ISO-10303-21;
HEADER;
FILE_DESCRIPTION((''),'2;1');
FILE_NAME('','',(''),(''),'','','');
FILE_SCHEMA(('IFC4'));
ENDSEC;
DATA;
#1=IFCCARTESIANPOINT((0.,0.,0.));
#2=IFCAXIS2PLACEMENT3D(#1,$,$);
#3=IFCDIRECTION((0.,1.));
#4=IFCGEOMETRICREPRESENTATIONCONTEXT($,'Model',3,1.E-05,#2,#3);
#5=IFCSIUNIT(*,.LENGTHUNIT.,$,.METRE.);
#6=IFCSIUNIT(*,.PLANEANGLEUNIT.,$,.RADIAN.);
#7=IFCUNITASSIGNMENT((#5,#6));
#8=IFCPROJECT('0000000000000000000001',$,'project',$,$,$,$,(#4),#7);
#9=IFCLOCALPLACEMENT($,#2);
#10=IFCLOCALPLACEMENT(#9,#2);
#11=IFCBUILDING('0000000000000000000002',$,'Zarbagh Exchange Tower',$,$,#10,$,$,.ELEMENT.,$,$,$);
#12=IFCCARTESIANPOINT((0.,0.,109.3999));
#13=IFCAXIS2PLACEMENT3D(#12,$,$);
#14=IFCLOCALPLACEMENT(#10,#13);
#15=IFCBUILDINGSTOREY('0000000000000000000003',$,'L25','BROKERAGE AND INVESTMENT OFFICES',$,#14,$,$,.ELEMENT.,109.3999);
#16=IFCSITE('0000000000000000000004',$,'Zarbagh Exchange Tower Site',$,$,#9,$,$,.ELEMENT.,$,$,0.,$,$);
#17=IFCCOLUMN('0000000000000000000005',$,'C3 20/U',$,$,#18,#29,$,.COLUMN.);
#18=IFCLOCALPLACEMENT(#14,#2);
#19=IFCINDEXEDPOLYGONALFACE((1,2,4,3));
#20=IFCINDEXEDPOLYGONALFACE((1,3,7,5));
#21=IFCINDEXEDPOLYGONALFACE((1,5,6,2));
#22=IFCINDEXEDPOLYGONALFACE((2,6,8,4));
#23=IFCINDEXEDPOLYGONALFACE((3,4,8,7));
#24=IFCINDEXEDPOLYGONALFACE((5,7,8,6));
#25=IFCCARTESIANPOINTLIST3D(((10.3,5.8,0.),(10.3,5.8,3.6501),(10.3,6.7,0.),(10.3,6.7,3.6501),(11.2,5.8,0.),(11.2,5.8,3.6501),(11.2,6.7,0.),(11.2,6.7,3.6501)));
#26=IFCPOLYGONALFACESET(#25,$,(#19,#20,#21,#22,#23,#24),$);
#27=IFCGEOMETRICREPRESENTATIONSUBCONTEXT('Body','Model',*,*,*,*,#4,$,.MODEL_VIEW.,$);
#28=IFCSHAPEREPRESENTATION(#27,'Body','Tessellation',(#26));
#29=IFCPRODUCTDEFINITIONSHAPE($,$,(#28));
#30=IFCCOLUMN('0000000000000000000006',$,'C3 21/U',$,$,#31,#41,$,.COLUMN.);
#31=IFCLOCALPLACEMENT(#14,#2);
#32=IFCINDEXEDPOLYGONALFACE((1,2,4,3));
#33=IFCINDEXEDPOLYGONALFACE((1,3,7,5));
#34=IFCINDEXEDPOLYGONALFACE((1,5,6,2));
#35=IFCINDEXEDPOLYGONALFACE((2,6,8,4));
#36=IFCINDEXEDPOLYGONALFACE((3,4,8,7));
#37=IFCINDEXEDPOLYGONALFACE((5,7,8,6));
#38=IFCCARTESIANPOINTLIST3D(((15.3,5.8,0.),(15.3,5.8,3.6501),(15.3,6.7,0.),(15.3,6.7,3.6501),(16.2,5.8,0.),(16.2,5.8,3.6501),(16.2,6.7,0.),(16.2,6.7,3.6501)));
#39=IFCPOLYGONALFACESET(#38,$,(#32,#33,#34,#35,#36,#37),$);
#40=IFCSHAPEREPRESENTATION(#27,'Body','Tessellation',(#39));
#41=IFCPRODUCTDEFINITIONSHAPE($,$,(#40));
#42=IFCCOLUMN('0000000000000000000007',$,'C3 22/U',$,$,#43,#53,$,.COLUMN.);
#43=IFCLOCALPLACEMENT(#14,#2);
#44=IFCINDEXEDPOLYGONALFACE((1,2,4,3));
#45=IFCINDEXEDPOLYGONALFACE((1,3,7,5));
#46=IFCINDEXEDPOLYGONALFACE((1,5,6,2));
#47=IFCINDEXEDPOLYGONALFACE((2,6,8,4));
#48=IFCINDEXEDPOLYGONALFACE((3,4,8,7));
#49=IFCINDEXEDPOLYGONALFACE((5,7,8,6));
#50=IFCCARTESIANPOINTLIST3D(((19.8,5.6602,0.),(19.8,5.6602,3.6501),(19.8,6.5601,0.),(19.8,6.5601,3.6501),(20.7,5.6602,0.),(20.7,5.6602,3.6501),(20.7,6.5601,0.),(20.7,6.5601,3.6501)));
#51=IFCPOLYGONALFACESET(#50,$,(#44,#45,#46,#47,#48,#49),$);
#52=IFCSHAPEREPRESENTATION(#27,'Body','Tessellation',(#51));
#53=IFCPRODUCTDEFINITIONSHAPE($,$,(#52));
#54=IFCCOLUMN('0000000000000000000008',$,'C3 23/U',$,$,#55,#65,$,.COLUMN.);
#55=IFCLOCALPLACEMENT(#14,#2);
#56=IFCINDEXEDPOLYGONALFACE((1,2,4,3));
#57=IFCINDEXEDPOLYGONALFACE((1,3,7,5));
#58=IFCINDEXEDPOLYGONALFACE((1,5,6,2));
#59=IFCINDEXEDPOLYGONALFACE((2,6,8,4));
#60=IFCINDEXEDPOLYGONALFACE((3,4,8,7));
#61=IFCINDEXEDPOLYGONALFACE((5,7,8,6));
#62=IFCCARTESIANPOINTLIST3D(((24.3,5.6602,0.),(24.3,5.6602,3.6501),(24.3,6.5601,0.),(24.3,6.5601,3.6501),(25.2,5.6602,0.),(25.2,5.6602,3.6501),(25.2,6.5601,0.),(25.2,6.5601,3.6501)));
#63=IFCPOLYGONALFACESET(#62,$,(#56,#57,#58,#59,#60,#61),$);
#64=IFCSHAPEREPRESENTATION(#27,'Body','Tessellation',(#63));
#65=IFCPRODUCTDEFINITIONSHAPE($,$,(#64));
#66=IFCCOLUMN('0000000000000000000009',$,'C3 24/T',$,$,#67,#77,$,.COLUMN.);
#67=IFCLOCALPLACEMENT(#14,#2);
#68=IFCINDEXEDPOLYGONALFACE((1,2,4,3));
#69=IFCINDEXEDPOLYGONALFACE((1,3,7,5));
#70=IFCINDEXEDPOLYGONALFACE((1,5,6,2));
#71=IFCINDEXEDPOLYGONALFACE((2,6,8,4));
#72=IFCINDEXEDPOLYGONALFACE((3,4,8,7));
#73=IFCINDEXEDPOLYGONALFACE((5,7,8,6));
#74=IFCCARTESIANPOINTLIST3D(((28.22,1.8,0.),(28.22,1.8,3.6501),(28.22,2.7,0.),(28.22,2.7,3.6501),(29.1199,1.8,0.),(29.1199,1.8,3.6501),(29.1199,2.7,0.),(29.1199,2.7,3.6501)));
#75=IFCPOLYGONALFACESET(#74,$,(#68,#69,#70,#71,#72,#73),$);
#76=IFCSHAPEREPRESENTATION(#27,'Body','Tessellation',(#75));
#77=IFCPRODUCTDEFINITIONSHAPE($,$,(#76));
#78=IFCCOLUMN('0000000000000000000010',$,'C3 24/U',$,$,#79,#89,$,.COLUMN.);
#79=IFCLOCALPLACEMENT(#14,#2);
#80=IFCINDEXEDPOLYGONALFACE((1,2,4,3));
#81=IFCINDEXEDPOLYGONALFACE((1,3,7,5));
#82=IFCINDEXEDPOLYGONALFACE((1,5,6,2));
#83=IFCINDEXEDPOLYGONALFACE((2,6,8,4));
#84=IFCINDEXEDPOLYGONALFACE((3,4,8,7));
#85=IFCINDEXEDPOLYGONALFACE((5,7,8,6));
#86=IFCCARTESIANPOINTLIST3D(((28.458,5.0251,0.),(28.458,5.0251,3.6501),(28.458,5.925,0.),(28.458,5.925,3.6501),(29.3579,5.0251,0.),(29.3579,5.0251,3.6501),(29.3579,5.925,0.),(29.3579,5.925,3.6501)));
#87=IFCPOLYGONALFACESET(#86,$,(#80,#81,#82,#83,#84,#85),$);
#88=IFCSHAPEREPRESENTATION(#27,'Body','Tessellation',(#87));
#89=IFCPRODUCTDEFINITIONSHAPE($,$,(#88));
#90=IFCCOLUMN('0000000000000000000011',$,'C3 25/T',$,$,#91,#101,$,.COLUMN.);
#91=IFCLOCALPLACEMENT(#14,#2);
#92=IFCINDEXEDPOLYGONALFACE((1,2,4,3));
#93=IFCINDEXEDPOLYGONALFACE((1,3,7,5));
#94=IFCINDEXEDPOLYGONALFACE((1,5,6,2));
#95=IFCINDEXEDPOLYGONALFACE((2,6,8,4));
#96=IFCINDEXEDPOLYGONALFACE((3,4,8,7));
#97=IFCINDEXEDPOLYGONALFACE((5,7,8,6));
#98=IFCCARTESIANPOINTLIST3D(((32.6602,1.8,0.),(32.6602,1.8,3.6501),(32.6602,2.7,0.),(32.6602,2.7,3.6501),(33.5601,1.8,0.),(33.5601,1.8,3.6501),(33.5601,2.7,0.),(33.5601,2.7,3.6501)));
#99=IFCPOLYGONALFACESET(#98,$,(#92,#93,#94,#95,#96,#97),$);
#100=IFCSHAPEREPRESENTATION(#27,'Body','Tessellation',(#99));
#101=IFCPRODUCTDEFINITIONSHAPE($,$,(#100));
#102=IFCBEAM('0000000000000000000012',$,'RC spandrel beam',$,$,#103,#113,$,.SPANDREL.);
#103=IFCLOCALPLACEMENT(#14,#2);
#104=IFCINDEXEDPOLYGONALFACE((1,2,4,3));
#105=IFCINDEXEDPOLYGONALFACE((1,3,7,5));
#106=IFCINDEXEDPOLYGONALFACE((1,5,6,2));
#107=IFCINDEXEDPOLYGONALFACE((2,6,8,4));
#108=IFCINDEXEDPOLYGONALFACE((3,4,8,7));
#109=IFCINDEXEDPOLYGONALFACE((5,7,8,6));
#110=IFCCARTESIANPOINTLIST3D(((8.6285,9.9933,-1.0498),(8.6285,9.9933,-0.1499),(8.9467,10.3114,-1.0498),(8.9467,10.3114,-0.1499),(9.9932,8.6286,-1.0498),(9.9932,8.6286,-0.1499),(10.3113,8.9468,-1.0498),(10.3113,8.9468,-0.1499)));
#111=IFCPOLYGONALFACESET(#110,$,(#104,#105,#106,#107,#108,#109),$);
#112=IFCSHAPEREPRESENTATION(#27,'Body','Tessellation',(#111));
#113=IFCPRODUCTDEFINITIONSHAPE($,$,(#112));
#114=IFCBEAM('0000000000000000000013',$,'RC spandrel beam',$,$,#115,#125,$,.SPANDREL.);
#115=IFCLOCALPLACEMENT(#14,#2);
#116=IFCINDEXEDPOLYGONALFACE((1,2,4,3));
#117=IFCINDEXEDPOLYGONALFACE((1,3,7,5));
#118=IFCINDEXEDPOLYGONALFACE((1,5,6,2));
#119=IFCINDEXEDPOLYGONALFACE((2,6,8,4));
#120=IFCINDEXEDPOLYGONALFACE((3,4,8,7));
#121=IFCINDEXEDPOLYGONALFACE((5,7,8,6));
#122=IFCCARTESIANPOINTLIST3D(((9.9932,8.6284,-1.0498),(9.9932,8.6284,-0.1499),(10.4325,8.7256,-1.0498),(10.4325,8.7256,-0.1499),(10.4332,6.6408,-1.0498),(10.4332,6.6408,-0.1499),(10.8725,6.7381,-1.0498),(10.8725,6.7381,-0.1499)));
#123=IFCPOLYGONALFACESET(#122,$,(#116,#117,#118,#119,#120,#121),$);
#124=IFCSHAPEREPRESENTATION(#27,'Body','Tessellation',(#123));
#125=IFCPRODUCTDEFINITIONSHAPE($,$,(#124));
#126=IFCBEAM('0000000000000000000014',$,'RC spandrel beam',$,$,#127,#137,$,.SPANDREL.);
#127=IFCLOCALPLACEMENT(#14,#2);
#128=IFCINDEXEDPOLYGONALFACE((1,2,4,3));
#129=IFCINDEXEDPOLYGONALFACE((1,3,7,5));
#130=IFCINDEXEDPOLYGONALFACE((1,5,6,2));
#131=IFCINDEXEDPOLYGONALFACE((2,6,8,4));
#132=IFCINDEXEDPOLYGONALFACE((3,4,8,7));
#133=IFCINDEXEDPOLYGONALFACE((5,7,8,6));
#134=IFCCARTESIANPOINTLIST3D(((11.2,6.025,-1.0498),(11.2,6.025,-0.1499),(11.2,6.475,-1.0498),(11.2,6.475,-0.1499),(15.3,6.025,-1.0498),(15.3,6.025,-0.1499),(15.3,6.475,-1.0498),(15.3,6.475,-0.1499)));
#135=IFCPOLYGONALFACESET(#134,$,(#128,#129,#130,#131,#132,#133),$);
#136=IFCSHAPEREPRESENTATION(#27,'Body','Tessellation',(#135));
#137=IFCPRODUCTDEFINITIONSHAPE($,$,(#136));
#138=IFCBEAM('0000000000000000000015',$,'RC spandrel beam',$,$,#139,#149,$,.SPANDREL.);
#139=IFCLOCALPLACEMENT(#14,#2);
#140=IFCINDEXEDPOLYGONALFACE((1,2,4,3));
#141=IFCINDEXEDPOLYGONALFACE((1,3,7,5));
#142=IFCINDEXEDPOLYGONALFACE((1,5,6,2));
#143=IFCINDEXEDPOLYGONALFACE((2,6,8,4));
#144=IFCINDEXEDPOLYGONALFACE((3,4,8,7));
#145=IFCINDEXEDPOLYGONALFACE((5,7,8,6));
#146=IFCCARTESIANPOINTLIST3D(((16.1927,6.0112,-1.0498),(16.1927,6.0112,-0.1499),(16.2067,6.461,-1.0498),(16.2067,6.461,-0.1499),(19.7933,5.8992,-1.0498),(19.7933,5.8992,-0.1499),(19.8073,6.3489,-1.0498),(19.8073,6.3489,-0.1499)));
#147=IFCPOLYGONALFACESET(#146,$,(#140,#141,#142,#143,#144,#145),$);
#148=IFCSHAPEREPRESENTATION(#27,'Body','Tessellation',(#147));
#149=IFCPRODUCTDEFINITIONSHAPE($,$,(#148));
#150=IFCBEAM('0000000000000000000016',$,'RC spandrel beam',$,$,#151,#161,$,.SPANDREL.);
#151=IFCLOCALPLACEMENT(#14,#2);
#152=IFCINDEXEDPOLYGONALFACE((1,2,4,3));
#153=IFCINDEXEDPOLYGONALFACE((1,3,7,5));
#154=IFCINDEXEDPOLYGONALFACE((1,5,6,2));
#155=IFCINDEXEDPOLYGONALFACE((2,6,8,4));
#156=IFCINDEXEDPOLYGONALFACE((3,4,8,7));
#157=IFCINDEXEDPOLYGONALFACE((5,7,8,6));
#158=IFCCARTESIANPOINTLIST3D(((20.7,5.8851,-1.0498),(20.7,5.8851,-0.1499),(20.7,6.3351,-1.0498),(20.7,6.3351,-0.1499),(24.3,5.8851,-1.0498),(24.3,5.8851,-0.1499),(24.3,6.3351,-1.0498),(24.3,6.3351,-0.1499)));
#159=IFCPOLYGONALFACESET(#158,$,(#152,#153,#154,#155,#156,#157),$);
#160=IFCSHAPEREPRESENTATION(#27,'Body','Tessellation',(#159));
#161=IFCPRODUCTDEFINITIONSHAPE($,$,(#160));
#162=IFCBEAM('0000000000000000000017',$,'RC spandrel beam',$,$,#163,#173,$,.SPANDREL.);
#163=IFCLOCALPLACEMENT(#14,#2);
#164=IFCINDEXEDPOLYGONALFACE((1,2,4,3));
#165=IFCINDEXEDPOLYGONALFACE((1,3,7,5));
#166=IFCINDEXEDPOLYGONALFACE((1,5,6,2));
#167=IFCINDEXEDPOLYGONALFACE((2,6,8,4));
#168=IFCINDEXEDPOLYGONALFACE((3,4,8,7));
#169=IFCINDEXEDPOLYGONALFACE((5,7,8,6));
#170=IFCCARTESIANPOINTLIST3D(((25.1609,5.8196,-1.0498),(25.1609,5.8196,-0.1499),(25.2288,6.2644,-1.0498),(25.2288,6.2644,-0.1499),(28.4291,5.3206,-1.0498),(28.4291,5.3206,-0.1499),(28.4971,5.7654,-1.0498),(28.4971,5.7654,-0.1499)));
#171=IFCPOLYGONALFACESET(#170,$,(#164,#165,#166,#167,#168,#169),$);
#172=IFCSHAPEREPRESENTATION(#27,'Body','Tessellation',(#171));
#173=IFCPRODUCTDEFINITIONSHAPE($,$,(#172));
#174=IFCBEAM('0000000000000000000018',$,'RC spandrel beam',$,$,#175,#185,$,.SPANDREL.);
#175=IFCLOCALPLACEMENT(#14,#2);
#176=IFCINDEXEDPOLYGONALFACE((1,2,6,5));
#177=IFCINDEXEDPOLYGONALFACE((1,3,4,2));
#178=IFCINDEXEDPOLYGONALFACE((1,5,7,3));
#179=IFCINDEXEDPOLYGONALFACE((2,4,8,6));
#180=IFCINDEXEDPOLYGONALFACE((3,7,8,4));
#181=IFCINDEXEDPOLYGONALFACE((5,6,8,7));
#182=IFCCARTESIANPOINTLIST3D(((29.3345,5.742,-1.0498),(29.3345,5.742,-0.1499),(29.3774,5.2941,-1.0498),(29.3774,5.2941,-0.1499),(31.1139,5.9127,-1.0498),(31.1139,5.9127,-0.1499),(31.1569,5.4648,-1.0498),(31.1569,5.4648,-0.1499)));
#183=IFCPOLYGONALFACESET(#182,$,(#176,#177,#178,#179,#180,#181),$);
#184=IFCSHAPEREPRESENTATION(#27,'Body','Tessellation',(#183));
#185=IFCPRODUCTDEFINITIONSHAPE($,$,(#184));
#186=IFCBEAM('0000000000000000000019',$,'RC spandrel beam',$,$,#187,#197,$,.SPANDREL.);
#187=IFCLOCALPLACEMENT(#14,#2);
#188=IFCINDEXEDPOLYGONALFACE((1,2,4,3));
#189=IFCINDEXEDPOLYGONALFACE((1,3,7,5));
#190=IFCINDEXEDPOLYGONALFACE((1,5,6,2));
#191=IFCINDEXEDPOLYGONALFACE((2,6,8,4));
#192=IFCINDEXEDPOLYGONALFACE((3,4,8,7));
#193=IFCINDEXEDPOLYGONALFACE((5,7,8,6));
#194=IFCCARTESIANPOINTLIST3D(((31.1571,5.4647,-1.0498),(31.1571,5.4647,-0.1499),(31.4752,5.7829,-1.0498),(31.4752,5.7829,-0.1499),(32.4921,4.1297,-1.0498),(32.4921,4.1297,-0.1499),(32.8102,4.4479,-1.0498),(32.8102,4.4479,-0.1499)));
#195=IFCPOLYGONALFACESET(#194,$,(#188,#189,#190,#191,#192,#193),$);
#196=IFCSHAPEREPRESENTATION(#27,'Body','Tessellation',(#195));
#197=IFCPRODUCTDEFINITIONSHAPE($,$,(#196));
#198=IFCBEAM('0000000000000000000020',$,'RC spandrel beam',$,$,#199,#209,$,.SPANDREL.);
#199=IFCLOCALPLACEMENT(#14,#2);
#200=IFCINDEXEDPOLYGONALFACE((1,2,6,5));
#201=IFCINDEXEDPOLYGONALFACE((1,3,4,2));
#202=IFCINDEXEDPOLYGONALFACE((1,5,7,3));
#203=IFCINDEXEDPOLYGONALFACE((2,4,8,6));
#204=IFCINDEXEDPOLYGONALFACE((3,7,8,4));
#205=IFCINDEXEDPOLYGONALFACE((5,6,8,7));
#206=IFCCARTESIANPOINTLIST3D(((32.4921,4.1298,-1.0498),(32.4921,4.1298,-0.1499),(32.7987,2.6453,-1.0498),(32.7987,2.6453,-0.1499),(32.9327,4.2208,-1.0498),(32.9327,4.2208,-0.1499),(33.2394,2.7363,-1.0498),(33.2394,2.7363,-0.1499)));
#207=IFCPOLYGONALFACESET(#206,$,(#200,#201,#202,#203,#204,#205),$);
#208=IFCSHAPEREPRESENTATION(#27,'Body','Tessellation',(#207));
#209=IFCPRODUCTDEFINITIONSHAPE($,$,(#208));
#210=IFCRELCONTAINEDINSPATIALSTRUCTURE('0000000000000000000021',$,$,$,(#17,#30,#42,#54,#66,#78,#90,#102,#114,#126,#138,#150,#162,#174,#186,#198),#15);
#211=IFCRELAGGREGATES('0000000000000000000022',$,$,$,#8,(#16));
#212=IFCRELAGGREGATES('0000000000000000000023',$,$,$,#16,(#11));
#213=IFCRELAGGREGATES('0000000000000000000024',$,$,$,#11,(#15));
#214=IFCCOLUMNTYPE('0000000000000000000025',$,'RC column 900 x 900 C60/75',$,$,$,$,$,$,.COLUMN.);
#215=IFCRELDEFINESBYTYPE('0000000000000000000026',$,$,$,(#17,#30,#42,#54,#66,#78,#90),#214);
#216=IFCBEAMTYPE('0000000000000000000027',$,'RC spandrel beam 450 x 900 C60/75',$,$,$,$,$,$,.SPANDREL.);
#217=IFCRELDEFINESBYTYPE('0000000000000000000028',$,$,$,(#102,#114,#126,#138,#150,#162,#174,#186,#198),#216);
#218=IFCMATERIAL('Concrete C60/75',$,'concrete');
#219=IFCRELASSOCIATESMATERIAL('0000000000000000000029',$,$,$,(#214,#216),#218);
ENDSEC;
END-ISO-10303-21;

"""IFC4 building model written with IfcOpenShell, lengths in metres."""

from ifc_helpers import new_model, si_unit, direction, frame, origin, origin_2d, place, context, subcontext, project, spatial, rectangle, extrude, material, material_profile, profile_set, type_object, element, save


model = new_model("IFC4")

# Units and contexts
model_context = context("Model", 3, precision=1e-05, world=origin(), true_north=direction((0.0, 1.0)))
body_context = subcontext(model_context, "Body", "Model", "MODEL_VIEW")
ifc_project = project(units=[si_unit("LENGTHUNIT", "METRE"), si_unit("PLANEANGLEUNIT", "RADIAN")], contexts=[model_context])

# Site, building, storey
site_placement = place(None, origin())
site = spatial("IfcSite", under=ifc_project, at=site_placement, Name="Zarbagh Exchange Tower Site", CompositionType="ELEMENT", RefElevation=0.0)
building_placement = place(site_placement, origin())
building = spatial("IfcBuilding", under=site, at=building_placement, Name="Zarbagh Exchange Tower", CompositionType="ELEMENT")
storey_placement = place(building_placement, frame((0.0, 0.0, 109.3999)))
storey = spatial("IfcBuildingStorey", under=building, at=storey_placement, Name="L25", Description="BROKERAGE AND INVESTMENT OFFICES", CompositionType="ELEMENT", Elevation=109.3999)

# Columns
ifc_material_1 = material(Name="Concrete C60/75", Category="concrete")
ifc_material_profile_1 = material_profile(ifc_material_1, rectangle(XDim=0.8999, YDim=0.8999, at=origin_2d()), Name="RC column 900 x 900 C60/75")
ifc_profile_set_1 = profile_set([ifc_material_profile_1], Name="Concrete C60/75")
column_type = type_object("IfcColumnType", Name="RC column 900 x 900 C60/75", PredefinedType="COLUMN", material=ifc_profile_set_1)
for number, where, z_axis, x_axis, name in (
    (1, (10.75, 6.25, 0.0), (0.0, 0.0, 1.0), (1.0, 0.0, 0.0), "C3 20/U"),
    (2, (15.75, 6.25, 0.0), (0.0, 0.0, 1.0), (1.0, 0.0, 0.0), "C3 21/U"),
    (3, (20.25, 6.1101, 0.0), (0.0, 0.0, 1.0), (1.0, 0.0, 0.0), "C3 22/U"),
    (4, (24.75, 6.1101, 0.0), (0.0, 0.0, 1.0), (1.0, 0.0, 0.0), "C3 23/U"),
    (5, (28.6699, 2.25, 0.0), (0.0, 0.0, 1.0), (1.0, 0.0, 0.0), "C3 24/T"),
    (6, (28.908, 5.4751, 0.0), (0.0, 0.0, 1.0), (1.0, 0.0, 0.0), "C3 24/U"),
    (7, (33.1101, 2.25, 0.0), (0.0, 0.0, 1.0), (1.0, 0.0, 0.0), "C3 25/T"),
):
    element("IfcColumn", number, at=place(storey_placement, frame(where, z_axis=z_axis, x_axis=x_axis)), inside=storey, type_object=column_type, Name=name, PredefinedType="COLUMN", context=body_context, shape_type="SweptSolid", body=[
        extrude(rectangle(XDim=0.8999, YDim=0.8999, at=origin_2d()), origin(), (0.0, 0.0, 1.0), 3.6501),
    ])

# Beams
ifc_material_profile_2 = material_profile(ifc_material_1, rectangle(XDim=0.45, YDim=0.8999, at=origin_2d()), Name="RC spandrel beam 450 x 900 C60/75")
ifc_profile_set_2 = profile_set([ifc_material_profile_2], Name="Concrete C60/75")
beam_type = type_object("IfcBeamType", Name="RC spandrel beam 450 x 900 C60/75", PredefinedType="SPANDREL", material=ifc_profile_set_2)
beam_1_placement = place(storey_placement, frame((8.7876, 10.1523, -0.5999), z_axis=(0.707107, -0.707107, 0.0), x_axis=(0.707107, 0.707107, 0.0)))
element("IfcBeam", 8, at=beam_1_placement, inside=storey, type_object=beam_type, Name="RC spandrel beam", PredefinedType="SPANDREL", context=body_context, shape_type="SweptSolid", body=[
    extrude(rectangle(XDim=0.45, YDim=0.8999, at=origin_2d()), origin(), (0.0, 0.0, 1.0), 1.9299),
])
beam_2_placement = place(storey_placement, frame((10.2129, 8.677, -0.5999), z_axis=(0.216118, -0.976367, 0.0), x_axis=(0.976367, 0.216118, 0.0)))
element("IfcBeam", 9, at=beam_2_placement, inside=storey, type_object=beam_type, Name="RC spandrel beam", PredefinedType="SPANDREL", context=body_context, shape_type="SweptSolid", body=[
    extrude(rectangle(XDim=0.45, YDim=0.8999, at=origin_2d()), origin(), (0.0, 0.0, 1.0), 2.0356),
])
beam_3_placement = place(storey_placement, frame((11.2, 6.25, -0.5999), z_axis=(1.0, 0.0, 0.0), x_axis=(0.0, 1.0, 0.0)))
element("IfcBeam", 10, at=beam_3_placement, inside=storey, type_object=beam_type, Name="RC spandrel beam", PredefinedType="SPANDREL", context=body_context, shape_type="SweptSolid", body=[
    extrude(rectangle(XDim=0.45, YDim=0.8999, at=origin_2d()), origin(), (0.0, 0.0, 1.0), 4.1001),
])
beam_4_placement = place(storey_placement, frame((16.1997, 6.2361, -0.5999), z_axis=(0.999516, -0.031108, 0.0), x_axis=(0.031108, 0.999516, 0.0)))
element("IfcBeam", 11, at=beam_4_placement, inside=storey, type_object=beam_type, Name="RC spandrel beam", PredefinedType="SPANDREL", context=body_context, shape_type="SweptSolid", body=[
    extrude(rectangle(XDim=0.45, YDim=0.8999, at=origin_2d()), origin(), (0.0, 0.0, 1.0), 3.6023),
])
beam_5_placement = place(storey_placement, frame((20.7, 6.1101, -0.5999), z_axis=(1.0, 0.0, 0.0), x_axis=(0.0, 1.0, 0.0)))
element("IfcBeam", 12, at=beam_5_placement, inside=storey, type_object=beam_type, Name="RC spandrel beam", PredefinedType="SPANDREL", context=body_context, shape_type="SweptSolid", body=[
    extrude(rectangle(XDim=0.45, YDim=0.8999, at=origin_2d()), origin(), (0.0, 0.0, 1.0), 3.6001),
])
beam_6_placement = place(storey_placement, frame((25.1948, 6.042, -0.5999), z_axis=(0.988544, -0.150936, 0.0), x_axis=(0.150936, 0.988544, 0.0)))
element("IfcBeam", 13, at=beam_6_placement, inside=storey, type_object=beam_type, Name="RC spandrel beam", PredefinedType="SPANDREL", context=body_context, shape_type="SweptSolid", body=[
    extrude(rectangle(XDim=0.45, YDim=0.8999, at=origin_2d()), origin(), (0.0, 0.0, 1.0), 3.3062),
])
beam_7_placement = place(storey_placement, frame((29.356, 5.5181, -0.5999), z_axis=(0.995433, 0.09546, 0.0), x_axis=(-0.09546, 0.995433, 0.0)))
element("IfcBeam", 14, at=beam_7_placement, inside=storey, type_object=beam_type, Name="RC spandrel beam", PredefinedType="SPANDREL", context=body_context, shape_type="SweptSolid", body=[
    extrude(rectangle(XDim=0.45, YDim=0.8999, at=origin_2d()), origin(), (0.0, 0.0, 1.0), 1.7876),
])
beam_8_placement = place(storey_placement, frame((31.3162, 5.6238, -0.5999), z_axis=(0.707107, -0.707107, 0.0), x_axis=(0.707107, 0.707107, 0.0)))
element("IfcBeam", 15, at=beam_8_placement, inside=storey, type_object=beam_type, Name="RC spandrel beam", PredefinedType="SPANDREL", context=body_context, shape_type="SweptSolid", body=[
    extrude(rectangle(XDim=0.45, YDim=0.8999, at=origin_2d()), origin(), (0.0, 0.0, 1.0), 1.8879),
])
beam_9_placement = place(storey_placement, frame((32.7124, 4.1753, -0.5999), z_axis=(0.202275, -0.979329, 0.0), x_axis=(0.979329, 0.202275, 0.0)))
element("IfcBeam", 16, at=beam_9_placement, inside=storey, type_object=beam_type, Name="RC spandrel beam", PredefinedType="SPANDREL", context=body_context, shape_type="SweptSolid", body=[
    extrude(rectangle(XDim=0.45, YDim=0.8999, at=origin_2d()), origin(), (0.0, 0.0, 1.0), 1.5159),
])

save(model, "model.ifc")
